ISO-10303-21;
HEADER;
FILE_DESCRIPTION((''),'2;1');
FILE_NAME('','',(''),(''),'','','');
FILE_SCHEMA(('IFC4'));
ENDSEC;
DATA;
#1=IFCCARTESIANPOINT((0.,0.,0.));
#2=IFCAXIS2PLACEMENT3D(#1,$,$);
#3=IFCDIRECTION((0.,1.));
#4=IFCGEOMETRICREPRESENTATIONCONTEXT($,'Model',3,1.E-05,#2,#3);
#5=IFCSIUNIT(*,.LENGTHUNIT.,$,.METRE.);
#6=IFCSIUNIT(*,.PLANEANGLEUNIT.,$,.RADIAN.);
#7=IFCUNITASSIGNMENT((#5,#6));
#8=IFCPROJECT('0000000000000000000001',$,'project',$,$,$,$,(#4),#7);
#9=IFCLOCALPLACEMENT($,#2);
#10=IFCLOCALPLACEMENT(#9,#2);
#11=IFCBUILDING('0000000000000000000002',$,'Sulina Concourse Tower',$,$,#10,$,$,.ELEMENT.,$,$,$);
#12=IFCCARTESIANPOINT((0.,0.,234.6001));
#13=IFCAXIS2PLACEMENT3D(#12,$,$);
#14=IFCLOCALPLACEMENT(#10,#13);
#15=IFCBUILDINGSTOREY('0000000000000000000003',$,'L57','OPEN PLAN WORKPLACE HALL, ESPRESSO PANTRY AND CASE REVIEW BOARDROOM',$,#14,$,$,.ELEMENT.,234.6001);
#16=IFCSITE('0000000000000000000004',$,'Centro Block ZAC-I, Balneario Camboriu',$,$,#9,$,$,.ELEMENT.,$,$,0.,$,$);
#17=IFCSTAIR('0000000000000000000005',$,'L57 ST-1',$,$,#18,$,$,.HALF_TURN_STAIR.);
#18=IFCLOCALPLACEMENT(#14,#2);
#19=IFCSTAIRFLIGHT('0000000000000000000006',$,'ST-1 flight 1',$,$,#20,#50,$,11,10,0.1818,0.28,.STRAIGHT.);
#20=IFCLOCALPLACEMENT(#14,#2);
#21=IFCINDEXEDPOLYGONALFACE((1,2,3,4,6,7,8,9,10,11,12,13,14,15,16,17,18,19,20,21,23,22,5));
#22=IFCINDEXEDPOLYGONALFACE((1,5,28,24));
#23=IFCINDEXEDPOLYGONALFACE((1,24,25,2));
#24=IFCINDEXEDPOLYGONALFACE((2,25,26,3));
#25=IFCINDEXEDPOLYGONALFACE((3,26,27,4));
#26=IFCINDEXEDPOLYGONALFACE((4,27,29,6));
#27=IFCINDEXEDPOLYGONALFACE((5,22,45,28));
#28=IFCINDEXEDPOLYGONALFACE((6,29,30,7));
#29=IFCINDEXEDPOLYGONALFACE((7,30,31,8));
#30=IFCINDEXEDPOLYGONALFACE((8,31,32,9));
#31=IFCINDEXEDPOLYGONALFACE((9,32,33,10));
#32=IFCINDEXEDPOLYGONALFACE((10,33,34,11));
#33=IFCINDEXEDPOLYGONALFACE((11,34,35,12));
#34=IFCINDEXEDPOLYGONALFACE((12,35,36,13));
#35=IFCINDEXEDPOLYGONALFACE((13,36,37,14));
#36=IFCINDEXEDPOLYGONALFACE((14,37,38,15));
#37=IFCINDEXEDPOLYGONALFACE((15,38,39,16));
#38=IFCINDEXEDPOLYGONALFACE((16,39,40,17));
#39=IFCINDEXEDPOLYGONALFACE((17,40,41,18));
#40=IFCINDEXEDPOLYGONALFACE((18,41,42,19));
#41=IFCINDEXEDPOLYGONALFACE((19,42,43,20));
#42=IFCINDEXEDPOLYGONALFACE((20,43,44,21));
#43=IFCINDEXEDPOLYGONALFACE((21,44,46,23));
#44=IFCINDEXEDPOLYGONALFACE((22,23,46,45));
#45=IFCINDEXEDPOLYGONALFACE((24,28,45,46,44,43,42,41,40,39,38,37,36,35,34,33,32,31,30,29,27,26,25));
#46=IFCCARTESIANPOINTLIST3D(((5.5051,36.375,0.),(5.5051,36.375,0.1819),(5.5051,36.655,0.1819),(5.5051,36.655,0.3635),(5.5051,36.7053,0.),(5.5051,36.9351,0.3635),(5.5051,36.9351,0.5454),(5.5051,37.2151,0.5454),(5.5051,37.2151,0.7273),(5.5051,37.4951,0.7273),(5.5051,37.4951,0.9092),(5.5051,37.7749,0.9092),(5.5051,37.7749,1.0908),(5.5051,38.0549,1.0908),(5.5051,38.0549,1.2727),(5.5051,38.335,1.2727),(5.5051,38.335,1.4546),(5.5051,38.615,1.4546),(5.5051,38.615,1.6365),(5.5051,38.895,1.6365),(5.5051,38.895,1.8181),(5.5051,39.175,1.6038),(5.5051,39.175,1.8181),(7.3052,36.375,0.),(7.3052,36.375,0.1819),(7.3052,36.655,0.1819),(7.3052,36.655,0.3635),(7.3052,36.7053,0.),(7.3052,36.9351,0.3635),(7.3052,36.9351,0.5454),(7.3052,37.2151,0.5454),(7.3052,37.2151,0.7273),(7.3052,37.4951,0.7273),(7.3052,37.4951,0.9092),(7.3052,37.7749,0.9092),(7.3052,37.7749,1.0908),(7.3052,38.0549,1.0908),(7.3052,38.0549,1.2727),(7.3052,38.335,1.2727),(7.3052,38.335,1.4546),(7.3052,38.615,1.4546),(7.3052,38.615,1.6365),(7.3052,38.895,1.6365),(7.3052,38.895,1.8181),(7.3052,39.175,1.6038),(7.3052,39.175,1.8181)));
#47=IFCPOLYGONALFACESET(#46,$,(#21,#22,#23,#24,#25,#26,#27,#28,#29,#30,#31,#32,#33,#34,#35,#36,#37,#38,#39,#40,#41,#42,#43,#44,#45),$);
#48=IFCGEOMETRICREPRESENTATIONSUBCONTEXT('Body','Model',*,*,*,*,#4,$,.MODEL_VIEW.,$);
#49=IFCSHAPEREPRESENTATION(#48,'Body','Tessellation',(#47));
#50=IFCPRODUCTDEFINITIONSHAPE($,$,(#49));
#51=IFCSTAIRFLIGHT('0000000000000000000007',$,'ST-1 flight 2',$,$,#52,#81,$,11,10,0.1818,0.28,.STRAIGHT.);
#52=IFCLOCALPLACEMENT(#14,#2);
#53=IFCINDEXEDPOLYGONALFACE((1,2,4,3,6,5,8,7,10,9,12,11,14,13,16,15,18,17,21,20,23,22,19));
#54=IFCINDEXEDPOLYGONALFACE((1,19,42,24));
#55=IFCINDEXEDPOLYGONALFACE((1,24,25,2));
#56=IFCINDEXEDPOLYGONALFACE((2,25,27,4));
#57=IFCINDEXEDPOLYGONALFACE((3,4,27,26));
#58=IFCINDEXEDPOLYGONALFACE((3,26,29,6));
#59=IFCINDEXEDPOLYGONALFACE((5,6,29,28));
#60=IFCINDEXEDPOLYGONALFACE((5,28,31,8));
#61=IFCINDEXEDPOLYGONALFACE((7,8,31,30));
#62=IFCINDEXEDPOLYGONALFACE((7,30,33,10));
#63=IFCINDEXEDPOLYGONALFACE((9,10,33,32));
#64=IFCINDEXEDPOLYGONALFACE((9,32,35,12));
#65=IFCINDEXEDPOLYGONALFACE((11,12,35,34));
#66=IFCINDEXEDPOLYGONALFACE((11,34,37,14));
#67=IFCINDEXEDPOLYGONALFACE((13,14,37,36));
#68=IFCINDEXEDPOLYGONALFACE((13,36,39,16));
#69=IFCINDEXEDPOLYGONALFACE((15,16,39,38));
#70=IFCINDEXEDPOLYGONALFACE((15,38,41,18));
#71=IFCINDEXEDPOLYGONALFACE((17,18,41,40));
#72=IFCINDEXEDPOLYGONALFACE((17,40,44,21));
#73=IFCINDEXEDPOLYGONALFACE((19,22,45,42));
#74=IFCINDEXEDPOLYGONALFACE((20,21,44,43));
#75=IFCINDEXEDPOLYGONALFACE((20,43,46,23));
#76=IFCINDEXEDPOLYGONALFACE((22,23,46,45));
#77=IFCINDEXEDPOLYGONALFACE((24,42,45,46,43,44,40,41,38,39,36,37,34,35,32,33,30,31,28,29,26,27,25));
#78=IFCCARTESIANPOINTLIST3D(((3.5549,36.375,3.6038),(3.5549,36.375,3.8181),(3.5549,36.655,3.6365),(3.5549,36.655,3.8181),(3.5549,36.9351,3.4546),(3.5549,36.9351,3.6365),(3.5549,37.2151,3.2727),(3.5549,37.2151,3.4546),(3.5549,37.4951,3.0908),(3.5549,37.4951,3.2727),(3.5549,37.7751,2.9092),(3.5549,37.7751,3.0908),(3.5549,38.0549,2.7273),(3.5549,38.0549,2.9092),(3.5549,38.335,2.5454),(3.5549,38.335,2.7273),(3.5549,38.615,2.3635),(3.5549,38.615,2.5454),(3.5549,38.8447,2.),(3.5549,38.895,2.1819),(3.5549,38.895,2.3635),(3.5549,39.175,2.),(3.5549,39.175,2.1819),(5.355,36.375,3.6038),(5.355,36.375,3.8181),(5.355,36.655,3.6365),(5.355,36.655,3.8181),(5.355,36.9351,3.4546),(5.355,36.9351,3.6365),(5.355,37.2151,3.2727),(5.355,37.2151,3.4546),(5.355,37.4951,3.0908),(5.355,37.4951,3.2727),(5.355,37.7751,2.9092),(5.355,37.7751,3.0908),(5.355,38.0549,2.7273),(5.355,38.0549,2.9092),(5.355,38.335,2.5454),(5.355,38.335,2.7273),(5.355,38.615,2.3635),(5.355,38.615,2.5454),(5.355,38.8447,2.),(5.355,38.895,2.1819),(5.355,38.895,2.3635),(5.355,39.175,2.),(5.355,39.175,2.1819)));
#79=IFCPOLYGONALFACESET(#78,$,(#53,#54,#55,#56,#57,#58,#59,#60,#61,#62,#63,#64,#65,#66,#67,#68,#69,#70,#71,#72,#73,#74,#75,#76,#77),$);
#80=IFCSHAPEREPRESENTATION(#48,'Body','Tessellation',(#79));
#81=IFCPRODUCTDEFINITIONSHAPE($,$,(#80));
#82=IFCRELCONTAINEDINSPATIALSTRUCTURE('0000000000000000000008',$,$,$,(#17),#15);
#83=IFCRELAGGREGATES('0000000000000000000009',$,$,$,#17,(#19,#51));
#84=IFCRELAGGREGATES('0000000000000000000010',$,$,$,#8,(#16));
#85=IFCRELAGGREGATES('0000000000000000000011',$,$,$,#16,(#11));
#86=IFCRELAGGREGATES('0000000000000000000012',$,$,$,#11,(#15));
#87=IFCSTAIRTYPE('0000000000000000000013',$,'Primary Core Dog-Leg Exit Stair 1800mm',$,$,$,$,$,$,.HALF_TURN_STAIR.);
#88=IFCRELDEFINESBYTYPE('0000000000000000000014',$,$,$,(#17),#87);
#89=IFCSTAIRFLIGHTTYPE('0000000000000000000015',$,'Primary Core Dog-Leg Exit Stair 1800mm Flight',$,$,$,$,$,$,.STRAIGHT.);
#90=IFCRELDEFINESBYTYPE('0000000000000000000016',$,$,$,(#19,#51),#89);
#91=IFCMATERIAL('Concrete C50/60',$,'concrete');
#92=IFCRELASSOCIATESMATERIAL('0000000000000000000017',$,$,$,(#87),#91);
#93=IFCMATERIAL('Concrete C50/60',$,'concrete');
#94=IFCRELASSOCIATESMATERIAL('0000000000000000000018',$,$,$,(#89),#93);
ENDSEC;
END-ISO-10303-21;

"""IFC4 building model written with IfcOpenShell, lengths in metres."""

from ifc_helpers import new_model, si_unit, direction, frame, origin, place, context, subcontext, project, spatial, polyline, outline, extrude, material, type_object, element, aggregate, save


model = new_model("IFC4")

# Units and contexts
model_context = context("Model", 3, precision=1e-05, world=origin(), true_north=direction((0.0, 1.0)))
body_context = subcontext(model_context, "Body", "Model", "MODEL_VIEW")
ifc_project = project(units=[si_unit("LENGTHUNIT", "METRE"), si_unit("PLANEANGLEUNIT", "RADIAN")], contexts=[model_context])

# Site, building, storey
site_placement = place(None, origin())
site = spatial("IfcSite", under=ifc_project, at=site_placement, Name="Centro Block ZAC-I, Balneario Camboriu", CompositionType="ELEMENT", RefElevation=0.0)
building_placement = place(site_placement, origin())
building = spatial("IfcBuilding", under=site, at=building_placement, Name="Sulina Concourse Tower", CompositionType="ELEMENT")
storey_placement = place(building_placement, frame((0.0, 0.0, 234.6001)))
storey = spatial("IfcBuildingStorey", under=building, at=storey_placement, Name="L57", Description="OPEN PLAN WORKPLACE HALL, ESPRESSO PANTRY AND CASE REVIEW BOARDROOM", CompositionType="ELEMENT", Elevation=234.6001)

# Stair, stair flights
ifc_material_1 = material(Name="Concrete C50/60", Category="concrete")
stair_type = type_object("IfcStairType", Name="Primary Core Dog-Leg Exit Stair 1800mm", PredefinedType="HALF_TURN_STAIR", material=ifc_material_1)
stair_placement = place(storey_placement, origin())
stair = element("IfcStair", 1, at=stair_placement, inside=storey, type_object=stair_type, Name="L57 ST-1", PredefinedType="HALF_TURN_STAIR")
ifc_material_2 = material(Name="Concrete C50/60", Category="concrete")
stair_flight_type = type_object("IfcStairFlightType", Name="Primary Core Dog-Leg Exit Stair 1800mm Flight", PredefinedType="STRAIGHT", material=ifc_material_2)
stair_flight_1_placement = place(storey_placement, frame((6.405, 36.375, 0.0), z_axis=(0.0, 0.0, 1.0), x_axis=(0.0, 1.0, 0.0)))
stair_flight_1 = element("IfcStairFlight", 2, at=stair_flight_1_placement, type_object=stair_flight_type, Name="ST-1 flight 1", NumberOfRisers=11, NumberOfTreads=10, PredefinedType="STRAIGHT", RiserHeight=0.1818, TreadLength=0.28, context=body_context, shape_type="SweptSolid", body=[
    extrude(outline(polyline([(0.0, 0.0), (0.0, 0.1819), (0.28, 0.1819), (0.28, 0.3635), (0.5601, 0.3635), (0.5601, 0.5454), (0.8401, 0.5454), (0.8401, 0.7273), (1.1201, 0.7273), (1.1201, 0.9092), (1.3999, 0.9092), (1.3999, 1.0908), (1.6799, 1.0908), (1.6799, 1.2727), (1.96, 1.2727), (1.96, 1.4546), (2.24, 1.4546), (2.24, 1.6365), (2.52, 1.6365), (2.52, 1.8181), (2.8, 1.8181), (2.8, 2.0), (2.8, 1.6038), (0.3303, 0.0), (0.0, 0.0)])), frame((0.0, 0.8999, 0.0), z_axis=(0.0, -1.0, 0.0), x_axis=(1.0, 0.0, 0.0)), (0.0, 0.0, 1.0), 1.8),
])
stair_flight_2_placement = place(storey_placement, frame((4.4551, 39.175, 2.0), z_axis=(0.0, 0.0, 1.0), x_axis=(0.0, -1.0, 0.0)))
stair_flight_2 = element("IfcStairFlight", 3, at=stair_flight_2_placement, type_object=stair_flight_type, Name="ST-1 flight 2", NumberOfRisers=11, NumberOfTreads=10, PredefinedType="STRAIGHT", RiserHeight=0.1818, TreadLength=0.28, context=body_context, shape_type="SweptSolid", body=[
    extrude(outline(polyline([(0.0, 0.0), (0.0, 0.1819), (0.28, 0.1819), (0.28, 0.3635), (0.5601, 0.3635), (0.5601, 0.5454), (0.8401, 0.5454), (0.8401, 0.7273), (1.1201, 0.7273), (1.1201, 0.9092), (1.3999, 0.9092), (1.3999, 1.0908), (1.6799, 1.0908), (1.6799, 1.2727), (1.96, 1.2727), (1.96, 1.4546), (2.24, 1.4546), (2.24, 1.6365), (2.52, 1.6365), (2.52, 1.8181), (2.8, 1.8181), (2.8, 2.0), (2.8, 1.6038), (0.3303, 0.0), (0.0, 0.0)])), frame((0.0, 0.8999, 0.0), z_axis=(0.0, -1.0, 0.0), x_axis=(1.0, 0.0, 0.0)), (0.0, 0.0, 1.0), 1.8),
])
aggregate(stair, [stair_flight_1, stair_flight_2])

save(model, "model.ifc")
